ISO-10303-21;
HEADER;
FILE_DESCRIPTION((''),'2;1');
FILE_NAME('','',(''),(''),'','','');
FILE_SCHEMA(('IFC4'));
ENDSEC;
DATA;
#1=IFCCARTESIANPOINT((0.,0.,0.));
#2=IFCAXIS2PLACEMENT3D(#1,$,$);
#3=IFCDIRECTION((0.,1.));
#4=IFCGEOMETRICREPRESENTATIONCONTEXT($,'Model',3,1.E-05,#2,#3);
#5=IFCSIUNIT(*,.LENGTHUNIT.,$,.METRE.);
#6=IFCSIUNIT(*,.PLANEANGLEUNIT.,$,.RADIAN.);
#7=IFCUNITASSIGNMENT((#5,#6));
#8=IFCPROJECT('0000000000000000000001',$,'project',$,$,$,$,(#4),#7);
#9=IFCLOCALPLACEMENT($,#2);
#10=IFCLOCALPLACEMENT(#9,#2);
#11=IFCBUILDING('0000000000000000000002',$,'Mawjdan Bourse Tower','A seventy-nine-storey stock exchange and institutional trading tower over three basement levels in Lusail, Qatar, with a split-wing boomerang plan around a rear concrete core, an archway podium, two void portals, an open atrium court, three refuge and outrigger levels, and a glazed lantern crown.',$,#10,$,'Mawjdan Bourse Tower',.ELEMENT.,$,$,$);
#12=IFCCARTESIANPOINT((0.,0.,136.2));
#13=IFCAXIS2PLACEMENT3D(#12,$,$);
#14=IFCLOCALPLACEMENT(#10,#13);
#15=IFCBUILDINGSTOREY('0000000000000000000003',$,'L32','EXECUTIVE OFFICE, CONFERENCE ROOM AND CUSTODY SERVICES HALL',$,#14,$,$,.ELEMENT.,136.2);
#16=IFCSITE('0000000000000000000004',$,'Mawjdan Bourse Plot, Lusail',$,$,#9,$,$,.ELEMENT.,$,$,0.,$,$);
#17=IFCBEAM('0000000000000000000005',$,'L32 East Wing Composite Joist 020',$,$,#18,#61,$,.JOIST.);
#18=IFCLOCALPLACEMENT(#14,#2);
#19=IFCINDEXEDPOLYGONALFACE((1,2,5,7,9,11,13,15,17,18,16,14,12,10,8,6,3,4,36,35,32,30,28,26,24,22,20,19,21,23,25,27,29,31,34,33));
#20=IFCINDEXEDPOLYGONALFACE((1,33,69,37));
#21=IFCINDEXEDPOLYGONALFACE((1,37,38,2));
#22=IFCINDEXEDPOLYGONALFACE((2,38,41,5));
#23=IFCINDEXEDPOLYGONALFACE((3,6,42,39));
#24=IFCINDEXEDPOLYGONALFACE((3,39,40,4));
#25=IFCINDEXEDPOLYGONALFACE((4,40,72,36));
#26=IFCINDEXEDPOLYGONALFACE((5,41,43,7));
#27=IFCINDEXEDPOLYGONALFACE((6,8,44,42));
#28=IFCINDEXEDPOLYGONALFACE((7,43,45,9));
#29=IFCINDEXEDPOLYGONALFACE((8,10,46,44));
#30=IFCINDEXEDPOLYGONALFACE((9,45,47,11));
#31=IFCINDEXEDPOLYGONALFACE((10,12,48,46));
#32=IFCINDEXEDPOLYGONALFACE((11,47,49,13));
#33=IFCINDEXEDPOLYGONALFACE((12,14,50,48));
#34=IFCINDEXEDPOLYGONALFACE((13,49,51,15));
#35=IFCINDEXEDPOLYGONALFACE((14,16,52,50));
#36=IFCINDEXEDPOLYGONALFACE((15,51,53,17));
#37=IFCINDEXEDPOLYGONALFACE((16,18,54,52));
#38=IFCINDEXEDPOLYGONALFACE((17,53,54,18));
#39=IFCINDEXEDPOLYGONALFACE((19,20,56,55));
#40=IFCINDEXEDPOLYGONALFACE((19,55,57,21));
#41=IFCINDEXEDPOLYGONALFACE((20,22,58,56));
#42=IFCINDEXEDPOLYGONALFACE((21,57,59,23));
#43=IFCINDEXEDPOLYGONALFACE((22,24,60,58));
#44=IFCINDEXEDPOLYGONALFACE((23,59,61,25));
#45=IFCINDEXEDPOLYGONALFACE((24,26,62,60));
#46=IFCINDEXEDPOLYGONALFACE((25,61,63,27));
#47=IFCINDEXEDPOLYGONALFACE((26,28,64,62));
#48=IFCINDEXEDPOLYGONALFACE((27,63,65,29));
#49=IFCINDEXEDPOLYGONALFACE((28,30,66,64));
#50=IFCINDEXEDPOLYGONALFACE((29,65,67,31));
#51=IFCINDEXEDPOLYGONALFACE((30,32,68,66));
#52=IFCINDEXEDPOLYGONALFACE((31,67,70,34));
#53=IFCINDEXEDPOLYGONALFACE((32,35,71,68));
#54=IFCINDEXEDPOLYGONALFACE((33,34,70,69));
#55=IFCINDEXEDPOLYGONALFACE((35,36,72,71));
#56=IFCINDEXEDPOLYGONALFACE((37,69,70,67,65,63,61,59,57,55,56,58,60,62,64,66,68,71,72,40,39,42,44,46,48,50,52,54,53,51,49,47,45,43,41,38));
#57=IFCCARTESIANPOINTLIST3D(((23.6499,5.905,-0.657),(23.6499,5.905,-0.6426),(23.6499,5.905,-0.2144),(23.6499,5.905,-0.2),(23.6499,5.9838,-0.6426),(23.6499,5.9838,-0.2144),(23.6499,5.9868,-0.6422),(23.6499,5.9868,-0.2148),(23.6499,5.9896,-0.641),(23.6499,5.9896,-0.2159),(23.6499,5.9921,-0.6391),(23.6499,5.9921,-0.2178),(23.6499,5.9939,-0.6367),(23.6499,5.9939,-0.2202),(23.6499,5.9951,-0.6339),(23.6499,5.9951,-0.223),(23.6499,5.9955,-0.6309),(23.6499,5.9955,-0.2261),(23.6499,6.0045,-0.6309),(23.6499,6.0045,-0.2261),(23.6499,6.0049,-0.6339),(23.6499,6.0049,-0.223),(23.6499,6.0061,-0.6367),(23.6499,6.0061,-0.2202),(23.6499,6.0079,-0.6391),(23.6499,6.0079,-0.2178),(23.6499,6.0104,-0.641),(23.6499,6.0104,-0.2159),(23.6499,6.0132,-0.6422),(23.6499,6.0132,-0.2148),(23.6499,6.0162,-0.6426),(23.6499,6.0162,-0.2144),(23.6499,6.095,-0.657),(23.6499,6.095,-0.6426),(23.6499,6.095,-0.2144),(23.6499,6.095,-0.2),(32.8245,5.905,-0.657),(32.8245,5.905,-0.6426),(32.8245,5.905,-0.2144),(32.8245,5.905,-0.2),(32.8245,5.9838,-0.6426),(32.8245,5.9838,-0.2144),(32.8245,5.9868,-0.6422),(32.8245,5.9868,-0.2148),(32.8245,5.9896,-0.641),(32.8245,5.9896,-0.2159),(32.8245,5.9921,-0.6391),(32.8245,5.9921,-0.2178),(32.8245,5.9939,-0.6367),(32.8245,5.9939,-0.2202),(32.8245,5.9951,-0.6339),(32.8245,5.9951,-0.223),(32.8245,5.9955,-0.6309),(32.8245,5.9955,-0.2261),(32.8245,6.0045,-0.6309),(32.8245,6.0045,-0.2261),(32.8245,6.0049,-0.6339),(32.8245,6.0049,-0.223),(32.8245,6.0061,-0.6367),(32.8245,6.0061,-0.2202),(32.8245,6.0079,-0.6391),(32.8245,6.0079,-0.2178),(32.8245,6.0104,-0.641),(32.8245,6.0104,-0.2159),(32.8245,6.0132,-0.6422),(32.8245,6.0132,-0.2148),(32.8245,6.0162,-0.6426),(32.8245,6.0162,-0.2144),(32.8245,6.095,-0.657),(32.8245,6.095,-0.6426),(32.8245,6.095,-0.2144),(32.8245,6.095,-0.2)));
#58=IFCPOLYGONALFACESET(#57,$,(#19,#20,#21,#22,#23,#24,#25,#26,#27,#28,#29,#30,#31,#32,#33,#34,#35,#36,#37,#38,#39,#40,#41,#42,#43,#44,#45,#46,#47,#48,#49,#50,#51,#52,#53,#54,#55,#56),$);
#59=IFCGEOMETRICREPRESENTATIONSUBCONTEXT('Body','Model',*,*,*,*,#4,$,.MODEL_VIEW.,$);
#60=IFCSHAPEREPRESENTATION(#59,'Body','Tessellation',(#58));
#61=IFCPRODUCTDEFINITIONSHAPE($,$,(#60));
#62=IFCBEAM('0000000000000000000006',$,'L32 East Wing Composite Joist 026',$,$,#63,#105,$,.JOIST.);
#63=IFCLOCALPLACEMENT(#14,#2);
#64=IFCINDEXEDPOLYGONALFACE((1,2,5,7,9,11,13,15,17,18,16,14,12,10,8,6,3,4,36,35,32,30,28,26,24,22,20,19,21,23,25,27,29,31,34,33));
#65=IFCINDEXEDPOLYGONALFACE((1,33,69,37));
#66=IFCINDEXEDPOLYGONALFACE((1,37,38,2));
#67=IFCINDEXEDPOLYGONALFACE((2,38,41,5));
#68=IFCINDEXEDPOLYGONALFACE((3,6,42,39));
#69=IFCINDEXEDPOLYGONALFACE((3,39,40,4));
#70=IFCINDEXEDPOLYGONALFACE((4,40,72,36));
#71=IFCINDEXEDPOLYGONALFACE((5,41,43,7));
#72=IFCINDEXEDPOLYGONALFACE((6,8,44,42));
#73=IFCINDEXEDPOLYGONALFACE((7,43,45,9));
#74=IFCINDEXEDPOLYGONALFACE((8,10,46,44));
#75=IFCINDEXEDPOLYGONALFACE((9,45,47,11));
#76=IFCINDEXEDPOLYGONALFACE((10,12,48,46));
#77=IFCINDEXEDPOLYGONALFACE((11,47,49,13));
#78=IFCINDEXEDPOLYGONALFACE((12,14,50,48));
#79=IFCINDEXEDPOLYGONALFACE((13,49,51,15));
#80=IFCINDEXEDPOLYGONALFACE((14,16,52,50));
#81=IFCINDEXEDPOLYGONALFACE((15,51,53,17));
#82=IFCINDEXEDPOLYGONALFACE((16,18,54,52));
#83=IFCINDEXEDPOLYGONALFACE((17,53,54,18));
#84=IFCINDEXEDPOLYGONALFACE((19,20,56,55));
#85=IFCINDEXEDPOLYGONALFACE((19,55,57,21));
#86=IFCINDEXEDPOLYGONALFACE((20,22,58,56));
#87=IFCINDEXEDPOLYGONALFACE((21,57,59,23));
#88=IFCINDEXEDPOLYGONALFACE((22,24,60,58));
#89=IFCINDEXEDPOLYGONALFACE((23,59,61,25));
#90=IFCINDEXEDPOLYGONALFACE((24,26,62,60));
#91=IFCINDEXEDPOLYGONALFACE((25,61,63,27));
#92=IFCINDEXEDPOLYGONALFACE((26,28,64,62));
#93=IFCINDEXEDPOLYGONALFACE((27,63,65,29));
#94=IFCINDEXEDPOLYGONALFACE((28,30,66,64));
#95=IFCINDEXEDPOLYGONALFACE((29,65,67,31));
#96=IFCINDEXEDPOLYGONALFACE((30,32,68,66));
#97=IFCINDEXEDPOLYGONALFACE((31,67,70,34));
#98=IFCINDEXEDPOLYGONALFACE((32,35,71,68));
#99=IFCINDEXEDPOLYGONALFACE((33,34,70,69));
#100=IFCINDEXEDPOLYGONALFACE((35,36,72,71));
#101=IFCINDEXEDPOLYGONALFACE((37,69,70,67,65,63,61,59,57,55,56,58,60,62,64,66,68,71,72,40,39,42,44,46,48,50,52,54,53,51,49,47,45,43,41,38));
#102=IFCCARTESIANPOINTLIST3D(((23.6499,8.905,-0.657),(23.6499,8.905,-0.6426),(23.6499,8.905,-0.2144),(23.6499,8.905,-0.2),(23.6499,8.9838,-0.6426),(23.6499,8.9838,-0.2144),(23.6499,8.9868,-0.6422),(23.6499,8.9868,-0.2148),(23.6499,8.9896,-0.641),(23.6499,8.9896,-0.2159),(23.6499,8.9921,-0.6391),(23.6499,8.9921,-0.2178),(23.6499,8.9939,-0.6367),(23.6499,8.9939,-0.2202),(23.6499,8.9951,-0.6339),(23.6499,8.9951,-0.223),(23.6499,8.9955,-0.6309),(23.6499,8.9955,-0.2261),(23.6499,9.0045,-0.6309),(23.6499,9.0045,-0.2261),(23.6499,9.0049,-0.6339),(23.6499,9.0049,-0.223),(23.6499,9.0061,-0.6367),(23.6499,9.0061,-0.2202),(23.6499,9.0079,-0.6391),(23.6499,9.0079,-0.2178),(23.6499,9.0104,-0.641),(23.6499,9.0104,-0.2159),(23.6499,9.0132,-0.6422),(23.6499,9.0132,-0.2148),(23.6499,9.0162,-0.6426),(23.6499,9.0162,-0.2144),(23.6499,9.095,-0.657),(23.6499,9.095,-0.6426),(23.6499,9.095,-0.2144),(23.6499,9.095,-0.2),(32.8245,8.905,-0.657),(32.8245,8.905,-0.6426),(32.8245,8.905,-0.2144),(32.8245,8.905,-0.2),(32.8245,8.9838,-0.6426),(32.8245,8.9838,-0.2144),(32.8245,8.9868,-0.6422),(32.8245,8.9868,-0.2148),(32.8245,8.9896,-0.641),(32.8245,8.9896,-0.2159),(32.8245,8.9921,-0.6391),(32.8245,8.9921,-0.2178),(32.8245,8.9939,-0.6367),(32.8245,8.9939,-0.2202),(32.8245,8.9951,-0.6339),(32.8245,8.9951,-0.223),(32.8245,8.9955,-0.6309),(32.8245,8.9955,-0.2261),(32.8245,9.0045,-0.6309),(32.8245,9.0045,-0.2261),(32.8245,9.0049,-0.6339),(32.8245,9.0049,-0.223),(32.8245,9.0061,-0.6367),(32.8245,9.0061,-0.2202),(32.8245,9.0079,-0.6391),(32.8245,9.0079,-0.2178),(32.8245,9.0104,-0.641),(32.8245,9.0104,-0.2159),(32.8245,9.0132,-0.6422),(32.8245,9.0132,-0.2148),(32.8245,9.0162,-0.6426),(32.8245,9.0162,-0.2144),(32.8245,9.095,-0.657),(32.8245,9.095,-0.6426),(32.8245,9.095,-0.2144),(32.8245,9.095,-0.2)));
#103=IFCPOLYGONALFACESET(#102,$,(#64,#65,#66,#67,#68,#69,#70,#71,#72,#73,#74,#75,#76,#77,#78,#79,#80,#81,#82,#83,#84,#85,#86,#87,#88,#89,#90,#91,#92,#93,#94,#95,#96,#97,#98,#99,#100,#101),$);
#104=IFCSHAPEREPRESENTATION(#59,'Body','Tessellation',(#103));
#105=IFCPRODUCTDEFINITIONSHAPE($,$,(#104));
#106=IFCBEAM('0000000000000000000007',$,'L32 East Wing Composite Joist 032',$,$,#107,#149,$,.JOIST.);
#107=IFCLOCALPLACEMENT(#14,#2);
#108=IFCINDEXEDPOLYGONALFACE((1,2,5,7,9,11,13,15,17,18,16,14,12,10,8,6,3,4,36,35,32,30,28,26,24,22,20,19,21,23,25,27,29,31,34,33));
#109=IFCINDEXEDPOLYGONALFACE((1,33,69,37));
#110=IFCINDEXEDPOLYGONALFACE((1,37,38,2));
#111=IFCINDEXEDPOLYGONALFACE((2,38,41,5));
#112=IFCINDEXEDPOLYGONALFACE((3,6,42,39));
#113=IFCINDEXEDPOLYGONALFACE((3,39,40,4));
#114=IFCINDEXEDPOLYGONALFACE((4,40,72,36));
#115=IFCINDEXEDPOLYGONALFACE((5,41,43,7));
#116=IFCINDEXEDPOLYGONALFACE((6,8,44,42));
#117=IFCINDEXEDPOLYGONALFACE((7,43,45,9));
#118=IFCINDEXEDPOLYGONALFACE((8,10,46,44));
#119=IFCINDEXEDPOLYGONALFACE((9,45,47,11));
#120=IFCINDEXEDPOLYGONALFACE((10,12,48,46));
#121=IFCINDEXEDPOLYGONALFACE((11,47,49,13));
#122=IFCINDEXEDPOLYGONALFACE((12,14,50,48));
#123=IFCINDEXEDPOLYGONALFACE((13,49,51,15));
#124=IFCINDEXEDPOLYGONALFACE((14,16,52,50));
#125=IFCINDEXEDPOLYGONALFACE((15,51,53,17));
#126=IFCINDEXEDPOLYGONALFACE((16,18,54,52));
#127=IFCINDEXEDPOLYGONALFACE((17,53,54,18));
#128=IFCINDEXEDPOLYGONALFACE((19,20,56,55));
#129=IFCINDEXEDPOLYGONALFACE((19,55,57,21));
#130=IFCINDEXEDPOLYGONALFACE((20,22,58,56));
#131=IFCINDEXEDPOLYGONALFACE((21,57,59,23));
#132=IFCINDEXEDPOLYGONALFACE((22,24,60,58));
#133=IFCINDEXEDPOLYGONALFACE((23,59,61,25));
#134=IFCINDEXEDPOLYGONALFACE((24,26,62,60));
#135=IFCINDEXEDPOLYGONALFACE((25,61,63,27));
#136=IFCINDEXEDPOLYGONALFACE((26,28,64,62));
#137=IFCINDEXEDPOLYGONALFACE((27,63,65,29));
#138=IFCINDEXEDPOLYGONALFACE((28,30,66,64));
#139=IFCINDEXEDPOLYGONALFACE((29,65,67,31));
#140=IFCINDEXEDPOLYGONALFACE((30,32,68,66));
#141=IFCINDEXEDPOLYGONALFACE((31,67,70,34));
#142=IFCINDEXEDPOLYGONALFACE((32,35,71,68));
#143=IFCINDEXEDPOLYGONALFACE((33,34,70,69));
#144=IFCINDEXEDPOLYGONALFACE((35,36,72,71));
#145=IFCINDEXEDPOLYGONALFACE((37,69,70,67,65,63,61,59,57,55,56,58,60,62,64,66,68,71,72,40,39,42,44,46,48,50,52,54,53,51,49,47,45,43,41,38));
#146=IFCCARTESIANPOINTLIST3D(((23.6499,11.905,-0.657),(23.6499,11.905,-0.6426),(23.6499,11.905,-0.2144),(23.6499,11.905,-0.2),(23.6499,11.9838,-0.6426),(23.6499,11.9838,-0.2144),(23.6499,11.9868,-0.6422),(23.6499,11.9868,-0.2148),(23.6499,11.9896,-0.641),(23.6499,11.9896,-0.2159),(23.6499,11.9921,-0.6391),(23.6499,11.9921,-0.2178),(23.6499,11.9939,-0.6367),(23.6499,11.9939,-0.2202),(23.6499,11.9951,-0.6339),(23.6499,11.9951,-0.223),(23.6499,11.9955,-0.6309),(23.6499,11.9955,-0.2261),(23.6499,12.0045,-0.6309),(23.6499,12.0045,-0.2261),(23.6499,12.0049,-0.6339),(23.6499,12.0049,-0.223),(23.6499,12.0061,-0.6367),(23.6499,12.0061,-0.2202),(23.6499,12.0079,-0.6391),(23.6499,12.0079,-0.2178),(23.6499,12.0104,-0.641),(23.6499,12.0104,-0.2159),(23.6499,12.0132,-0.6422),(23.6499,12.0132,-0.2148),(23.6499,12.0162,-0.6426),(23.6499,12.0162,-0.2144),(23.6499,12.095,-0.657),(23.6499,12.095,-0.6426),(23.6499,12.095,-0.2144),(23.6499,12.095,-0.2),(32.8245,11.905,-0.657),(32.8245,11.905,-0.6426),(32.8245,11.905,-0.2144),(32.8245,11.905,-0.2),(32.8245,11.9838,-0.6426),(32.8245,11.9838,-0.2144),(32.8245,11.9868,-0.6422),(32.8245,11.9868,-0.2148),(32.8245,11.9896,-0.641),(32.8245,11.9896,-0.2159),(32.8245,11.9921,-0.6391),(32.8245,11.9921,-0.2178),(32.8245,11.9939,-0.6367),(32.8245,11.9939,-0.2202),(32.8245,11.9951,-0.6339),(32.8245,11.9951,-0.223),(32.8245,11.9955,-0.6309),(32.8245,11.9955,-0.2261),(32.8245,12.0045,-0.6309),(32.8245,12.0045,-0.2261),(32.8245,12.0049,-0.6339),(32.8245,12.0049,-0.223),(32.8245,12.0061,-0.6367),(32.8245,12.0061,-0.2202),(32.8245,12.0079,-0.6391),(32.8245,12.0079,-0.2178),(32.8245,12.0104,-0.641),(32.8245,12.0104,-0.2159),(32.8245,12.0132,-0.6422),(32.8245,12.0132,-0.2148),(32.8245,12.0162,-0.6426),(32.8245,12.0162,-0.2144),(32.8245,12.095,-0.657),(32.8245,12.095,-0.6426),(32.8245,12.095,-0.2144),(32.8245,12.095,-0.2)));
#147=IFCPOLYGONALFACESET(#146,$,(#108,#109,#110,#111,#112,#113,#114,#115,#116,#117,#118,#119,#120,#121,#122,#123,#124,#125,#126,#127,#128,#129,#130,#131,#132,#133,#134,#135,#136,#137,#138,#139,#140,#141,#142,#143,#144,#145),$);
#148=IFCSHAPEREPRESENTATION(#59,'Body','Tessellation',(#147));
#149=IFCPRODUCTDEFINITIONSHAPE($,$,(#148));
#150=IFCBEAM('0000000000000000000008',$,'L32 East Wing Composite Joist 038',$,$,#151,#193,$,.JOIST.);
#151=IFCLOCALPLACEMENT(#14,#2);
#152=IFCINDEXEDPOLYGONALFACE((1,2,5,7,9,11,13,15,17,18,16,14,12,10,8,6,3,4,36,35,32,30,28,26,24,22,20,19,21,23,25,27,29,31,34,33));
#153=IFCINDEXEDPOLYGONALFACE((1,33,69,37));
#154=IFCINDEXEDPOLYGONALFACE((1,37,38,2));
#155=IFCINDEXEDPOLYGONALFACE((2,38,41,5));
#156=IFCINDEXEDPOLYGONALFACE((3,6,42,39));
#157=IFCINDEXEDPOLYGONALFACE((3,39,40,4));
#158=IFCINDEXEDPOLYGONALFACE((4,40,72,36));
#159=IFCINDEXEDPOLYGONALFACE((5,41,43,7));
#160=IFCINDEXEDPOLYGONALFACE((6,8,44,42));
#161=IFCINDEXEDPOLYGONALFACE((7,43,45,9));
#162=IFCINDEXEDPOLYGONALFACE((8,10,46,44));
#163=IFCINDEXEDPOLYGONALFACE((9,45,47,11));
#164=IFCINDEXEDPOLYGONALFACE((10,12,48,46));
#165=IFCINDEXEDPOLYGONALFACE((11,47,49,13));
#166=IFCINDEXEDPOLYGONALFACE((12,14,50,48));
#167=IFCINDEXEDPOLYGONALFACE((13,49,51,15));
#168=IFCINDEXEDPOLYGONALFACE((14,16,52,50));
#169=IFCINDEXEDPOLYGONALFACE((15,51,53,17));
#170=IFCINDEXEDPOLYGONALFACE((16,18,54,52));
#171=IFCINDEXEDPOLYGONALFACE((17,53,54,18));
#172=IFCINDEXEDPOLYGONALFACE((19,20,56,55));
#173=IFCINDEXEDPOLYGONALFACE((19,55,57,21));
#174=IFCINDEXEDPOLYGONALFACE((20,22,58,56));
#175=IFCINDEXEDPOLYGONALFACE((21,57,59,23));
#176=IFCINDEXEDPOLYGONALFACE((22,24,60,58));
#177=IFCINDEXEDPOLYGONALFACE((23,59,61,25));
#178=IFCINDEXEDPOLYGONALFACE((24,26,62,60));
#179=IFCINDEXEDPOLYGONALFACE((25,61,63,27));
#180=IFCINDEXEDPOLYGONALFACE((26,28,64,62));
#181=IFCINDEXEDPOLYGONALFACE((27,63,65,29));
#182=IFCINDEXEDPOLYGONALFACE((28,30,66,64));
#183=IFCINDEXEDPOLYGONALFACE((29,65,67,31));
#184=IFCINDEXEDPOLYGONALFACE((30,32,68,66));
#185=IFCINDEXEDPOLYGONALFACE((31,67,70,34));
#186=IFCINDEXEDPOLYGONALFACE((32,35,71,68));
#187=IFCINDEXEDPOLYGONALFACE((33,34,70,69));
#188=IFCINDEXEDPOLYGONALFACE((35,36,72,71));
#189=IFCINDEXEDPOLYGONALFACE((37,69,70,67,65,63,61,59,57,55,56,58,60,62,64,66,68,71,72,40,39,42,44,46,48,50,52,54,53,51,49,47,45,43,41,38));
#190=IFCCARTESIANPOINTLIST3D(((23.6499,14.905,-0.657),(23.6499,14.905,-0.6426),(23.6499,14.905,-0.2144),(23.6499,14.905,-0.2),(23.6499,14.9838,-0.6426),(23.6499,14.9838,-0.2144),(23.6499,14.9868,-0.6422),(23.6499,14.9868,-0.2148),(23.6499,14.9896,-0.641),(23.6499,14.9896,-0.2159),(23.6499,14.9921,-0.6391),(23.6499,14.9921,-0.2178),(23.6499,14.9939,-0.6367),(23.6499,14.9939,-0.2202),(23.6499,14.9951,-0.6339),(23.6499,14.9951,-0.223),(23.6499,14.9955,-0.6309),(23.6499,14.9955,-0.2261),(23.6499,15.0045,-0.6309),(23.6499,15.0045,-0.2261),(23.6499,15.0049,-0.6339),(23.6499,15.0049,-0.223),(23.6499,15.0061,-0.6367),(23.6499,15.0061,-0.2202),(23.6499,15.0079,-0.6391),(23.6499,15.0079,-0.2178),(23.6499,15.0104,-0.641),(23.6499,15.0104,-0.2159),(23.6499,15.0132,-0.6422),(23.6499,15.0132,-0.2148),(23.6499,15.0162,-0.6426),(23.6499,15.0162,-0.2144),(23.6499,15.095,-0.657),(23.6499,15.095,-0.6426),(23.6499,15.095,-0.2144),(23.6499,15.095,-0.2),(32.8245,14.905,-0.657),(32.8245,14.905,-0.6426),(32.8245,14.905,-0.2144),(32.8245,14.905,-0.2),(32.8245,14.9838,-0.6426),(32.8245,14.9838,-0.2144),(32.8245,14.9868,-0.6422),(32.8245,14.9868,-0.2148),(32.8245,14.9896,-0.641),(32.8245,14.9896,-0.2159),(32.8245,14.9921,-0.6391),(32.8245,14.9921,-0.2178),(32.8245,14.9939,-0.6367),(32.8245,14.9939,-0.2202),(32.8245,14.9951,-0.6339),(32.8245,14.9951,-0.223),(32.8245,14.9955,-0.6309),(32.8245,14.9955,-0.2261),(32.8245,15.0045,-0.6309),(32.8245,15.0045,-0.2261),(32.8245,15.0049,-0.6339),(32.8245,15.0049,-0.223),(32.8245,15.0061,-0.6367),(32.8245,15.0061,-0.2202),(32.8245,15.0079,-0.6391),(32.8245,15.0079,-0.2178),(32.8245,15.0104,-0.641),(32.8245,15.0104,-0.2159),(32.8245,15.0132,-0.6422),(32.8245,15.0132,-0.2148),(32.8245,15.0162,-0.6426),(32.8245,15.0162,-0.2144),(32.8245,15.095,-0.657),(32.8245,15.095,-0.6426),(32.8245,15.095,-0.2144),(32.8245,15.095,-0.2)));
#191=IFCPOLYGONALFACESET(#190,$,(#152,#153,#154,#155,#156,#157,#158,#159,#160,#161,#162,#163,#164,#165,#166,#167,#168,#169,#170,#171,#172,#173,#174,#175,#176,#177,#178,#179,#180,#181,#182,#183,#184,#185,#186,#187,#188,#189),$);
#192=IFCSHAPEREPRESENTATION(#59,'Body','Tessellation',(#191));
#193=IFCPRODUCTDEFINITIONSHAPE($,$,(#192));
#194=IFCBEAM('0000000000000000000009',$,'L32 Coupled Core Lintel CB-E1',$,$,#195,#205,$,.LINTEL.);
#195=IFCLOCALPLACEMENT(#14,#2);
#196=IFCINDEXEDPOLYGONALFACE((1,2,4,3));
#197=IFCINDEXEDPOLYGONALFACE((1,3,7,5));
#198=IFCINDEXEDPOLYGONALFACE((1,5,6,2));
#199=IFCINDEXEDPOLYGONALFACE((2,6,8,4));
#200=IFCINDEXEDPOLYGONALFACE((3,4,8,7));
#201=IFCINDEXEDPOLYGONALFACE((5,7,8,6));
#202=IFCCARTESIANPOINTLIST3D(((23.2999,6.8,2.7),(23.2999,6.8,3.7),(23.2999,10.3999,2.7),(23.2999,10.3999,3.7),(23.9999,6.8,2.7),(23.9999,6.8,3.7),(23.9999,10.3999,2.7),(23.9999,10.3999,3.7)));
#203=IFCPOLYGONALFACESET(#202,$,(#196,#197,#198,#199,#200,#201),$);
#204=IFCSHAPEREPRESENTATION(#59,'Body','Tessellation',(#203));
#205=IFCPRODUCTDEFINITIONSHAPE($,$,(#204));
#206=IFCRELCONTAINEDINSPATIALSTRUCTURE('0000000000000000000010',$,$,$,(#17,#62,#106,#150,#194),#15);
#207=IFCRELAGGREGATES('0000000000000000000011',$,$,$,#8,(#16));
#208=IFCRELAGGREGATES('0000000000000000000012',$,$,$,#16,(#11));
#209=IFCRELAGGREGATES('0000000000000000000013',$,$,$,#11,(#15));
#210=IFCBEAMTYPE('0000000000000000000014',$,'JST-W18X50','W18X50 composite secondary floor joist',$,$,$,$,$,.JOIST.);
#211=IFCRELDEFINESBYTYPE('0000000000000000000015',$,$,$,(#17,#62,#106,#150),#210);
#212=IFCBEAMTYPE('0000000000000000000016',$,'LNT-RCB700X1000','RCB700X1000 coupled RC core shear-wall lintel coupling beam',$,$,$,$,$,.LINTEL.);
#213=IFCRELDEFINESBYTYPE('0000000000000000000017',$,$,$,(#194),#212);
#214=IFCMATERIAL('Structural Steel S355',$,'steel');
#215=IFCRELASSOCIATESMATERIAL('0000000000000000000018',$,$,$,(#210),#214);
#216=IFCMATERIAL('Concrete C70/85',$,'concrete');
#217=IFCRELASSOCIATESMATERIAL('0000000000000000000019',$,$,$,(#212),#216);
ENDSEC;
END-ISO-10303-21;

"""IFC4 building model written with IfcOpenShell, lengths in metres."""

from ifc_helpers import new_model, si_unit, direction, frame, origin, origin_2d, place, context, subcontext, project, spatial, rectangle, i_section, extrude, material, material_profile, profile_set, type_object, element, save


model = new_model("IFC4")

# Units and contexts
model_context = context("Model", 3, precision=1e-05, world=origin(), true_north=direction((0.0, 1.0)))
body_context = subcontext(model_context, "Body", "Model", "MODEL_VIEW")
ifc_project = project(units=[si_unit("LENGTHUNIT", "METRE"), si_unit("PLANEANGLEUNIT", "RADIAN")], contexts=[model_context])

# Site, building, storey
site_placement = place(None, origin())
site = spatial("IfcSite", under=ifc_project, at=site_placement, Name="Mawjdan Bourse Plot, Lusail", CompositionType="ELEMENT", RefElevation=0.0)
building_placement = place(site_placement, origin())
building = spatial("IfcBuilding", under=site, at=building_placement, Name="Mawjdan Bourse Tower", Description="A seventy-nine-storey stock exchange and institutional trading tower over three basement levels in Lusail, Qatar, with a split-wing boomerang plan around a rear concrete core, an archway podium, two void portals, an open atrium court, three refuge and outrigger levels, and a glazed lantern crown.", LongName="Mawjdan Bourse Tower", CompositionType="ELEMENT")
storey_placement = place(building_placement, frame((0.0, 0.0, 136.2)))
storey = spatial("IfcBuildingStorey", under=building, at=storey_placement, Name="L32", Description="EXECUTIVE OFFICE, CONFERENCE ROOM AND CUSTODY SERVICES HALL", CompositionType="ELEMENT", Elevation=136.2)

# Beams
ifc_material_1 = material(Name="Structural Steel S355", Category="steel")
ifc_material_profile_1 = material_profile(ifc_material_1, i_section(OverallWidth=0.1899, OverallDepth=0.457, WebThickness=0.009, FlangeThickness=0.0144, FilletRadius=0.0117, at=origin_2d()), Name="W18X50")
ifc_profile_set_1 = profile_set([ifc_material_profile_1], Name="Structural Steel S355")
beam_type_1 = type_object("IfcBeamType", Name="JST-W18X50", Description="W18X50 composite secondary floor joist", PredefinedType="JOIST", material=ifc_profile_set_1)
for number, where, z_axis, x_axis, name in (
    (1, (23.6499, 6.0, -0.4285), (1.0, 0.0, 0.0), (0.0, 1.0, 0.0), "L32 East Wing Composite Joist 020"),
    (2, (23.6499, 9.0, -0.4285), (1.0, 0.0, 0.0), (0.0, 1.0, 0.0), "L32 East Wing Composite Joist 026"),
    (3, (23.6499, 12.0, -0.4285), (1.0, 0.0, 0.0), (0.0, 1.0, 0.0), "L32 East Wing Composite Joist 032"),
    (4, (23.6499, 15.0, -0.4285), (1.0, 0.0, 0.0), (0.0, 1.0, 0.0), "L32 East Wing Composite Joist 038"),
):
    element("IfcBeam", number, at=place(storey_placement, frame(where, z_axis=z_axis, x_axis=x_axis)), inside=storey, type_object=beam_type_1, Name=name, PredefinedType="JOIST", context=body_context, shape_type="SweptSolid", body=[
        extrude(i_section(OverallWidth=0.1899, OverallDepth=0.457, WebThickness=0.009, FlangeThickness=0.0144, FilletRadius=0.0117, at=origin_2d()), origin(), (0.0, 0.0, 1.0), 9.1746),
    ])
ifc_material_2 = material(Name="Concrete C70/85", Category="concrete")
ifc_material_profile_2 = material_profile(ifc_material_2, rectangle(XDim=0.7, YDim=1.0, at=origin_2d()), Name="RCB700X1000")
ifc_profile_set_2 = profile_set([ifc_material_profile_2], Name="Concrete C70/85")
beam_type_2 = type_object("IfcBeamType", Name="LNT-RCB700X1000", Description="RCB700X1000 coupled RC core shear-wall lintel coupling beam", PredefinedType="LINTEL", material=ifc_profile_set_2)
beam_1_placement = place(storey_placement, frame((23.6499, 6.8, 3.2), z_axis=(0.0, 1.0, 0.0), x_axis=(-1.0, 0.0, 0.0)))
element("IfcBeam", 5, at=beam_1_placement, inside=storey, type_object=beam_type_2, Name="L32 Coupled Core Lintel CB-E1", PredefinedType="LINTEL", context=body_context, shape_type="SweptSolid", body=[
    extrude(rectangle(XDim=0.7, YDim=1.0, at=origin_2d()), origin(), (0.0, 0.0, 1.0), 3.5999),
])

save(model, "model.ifc")
